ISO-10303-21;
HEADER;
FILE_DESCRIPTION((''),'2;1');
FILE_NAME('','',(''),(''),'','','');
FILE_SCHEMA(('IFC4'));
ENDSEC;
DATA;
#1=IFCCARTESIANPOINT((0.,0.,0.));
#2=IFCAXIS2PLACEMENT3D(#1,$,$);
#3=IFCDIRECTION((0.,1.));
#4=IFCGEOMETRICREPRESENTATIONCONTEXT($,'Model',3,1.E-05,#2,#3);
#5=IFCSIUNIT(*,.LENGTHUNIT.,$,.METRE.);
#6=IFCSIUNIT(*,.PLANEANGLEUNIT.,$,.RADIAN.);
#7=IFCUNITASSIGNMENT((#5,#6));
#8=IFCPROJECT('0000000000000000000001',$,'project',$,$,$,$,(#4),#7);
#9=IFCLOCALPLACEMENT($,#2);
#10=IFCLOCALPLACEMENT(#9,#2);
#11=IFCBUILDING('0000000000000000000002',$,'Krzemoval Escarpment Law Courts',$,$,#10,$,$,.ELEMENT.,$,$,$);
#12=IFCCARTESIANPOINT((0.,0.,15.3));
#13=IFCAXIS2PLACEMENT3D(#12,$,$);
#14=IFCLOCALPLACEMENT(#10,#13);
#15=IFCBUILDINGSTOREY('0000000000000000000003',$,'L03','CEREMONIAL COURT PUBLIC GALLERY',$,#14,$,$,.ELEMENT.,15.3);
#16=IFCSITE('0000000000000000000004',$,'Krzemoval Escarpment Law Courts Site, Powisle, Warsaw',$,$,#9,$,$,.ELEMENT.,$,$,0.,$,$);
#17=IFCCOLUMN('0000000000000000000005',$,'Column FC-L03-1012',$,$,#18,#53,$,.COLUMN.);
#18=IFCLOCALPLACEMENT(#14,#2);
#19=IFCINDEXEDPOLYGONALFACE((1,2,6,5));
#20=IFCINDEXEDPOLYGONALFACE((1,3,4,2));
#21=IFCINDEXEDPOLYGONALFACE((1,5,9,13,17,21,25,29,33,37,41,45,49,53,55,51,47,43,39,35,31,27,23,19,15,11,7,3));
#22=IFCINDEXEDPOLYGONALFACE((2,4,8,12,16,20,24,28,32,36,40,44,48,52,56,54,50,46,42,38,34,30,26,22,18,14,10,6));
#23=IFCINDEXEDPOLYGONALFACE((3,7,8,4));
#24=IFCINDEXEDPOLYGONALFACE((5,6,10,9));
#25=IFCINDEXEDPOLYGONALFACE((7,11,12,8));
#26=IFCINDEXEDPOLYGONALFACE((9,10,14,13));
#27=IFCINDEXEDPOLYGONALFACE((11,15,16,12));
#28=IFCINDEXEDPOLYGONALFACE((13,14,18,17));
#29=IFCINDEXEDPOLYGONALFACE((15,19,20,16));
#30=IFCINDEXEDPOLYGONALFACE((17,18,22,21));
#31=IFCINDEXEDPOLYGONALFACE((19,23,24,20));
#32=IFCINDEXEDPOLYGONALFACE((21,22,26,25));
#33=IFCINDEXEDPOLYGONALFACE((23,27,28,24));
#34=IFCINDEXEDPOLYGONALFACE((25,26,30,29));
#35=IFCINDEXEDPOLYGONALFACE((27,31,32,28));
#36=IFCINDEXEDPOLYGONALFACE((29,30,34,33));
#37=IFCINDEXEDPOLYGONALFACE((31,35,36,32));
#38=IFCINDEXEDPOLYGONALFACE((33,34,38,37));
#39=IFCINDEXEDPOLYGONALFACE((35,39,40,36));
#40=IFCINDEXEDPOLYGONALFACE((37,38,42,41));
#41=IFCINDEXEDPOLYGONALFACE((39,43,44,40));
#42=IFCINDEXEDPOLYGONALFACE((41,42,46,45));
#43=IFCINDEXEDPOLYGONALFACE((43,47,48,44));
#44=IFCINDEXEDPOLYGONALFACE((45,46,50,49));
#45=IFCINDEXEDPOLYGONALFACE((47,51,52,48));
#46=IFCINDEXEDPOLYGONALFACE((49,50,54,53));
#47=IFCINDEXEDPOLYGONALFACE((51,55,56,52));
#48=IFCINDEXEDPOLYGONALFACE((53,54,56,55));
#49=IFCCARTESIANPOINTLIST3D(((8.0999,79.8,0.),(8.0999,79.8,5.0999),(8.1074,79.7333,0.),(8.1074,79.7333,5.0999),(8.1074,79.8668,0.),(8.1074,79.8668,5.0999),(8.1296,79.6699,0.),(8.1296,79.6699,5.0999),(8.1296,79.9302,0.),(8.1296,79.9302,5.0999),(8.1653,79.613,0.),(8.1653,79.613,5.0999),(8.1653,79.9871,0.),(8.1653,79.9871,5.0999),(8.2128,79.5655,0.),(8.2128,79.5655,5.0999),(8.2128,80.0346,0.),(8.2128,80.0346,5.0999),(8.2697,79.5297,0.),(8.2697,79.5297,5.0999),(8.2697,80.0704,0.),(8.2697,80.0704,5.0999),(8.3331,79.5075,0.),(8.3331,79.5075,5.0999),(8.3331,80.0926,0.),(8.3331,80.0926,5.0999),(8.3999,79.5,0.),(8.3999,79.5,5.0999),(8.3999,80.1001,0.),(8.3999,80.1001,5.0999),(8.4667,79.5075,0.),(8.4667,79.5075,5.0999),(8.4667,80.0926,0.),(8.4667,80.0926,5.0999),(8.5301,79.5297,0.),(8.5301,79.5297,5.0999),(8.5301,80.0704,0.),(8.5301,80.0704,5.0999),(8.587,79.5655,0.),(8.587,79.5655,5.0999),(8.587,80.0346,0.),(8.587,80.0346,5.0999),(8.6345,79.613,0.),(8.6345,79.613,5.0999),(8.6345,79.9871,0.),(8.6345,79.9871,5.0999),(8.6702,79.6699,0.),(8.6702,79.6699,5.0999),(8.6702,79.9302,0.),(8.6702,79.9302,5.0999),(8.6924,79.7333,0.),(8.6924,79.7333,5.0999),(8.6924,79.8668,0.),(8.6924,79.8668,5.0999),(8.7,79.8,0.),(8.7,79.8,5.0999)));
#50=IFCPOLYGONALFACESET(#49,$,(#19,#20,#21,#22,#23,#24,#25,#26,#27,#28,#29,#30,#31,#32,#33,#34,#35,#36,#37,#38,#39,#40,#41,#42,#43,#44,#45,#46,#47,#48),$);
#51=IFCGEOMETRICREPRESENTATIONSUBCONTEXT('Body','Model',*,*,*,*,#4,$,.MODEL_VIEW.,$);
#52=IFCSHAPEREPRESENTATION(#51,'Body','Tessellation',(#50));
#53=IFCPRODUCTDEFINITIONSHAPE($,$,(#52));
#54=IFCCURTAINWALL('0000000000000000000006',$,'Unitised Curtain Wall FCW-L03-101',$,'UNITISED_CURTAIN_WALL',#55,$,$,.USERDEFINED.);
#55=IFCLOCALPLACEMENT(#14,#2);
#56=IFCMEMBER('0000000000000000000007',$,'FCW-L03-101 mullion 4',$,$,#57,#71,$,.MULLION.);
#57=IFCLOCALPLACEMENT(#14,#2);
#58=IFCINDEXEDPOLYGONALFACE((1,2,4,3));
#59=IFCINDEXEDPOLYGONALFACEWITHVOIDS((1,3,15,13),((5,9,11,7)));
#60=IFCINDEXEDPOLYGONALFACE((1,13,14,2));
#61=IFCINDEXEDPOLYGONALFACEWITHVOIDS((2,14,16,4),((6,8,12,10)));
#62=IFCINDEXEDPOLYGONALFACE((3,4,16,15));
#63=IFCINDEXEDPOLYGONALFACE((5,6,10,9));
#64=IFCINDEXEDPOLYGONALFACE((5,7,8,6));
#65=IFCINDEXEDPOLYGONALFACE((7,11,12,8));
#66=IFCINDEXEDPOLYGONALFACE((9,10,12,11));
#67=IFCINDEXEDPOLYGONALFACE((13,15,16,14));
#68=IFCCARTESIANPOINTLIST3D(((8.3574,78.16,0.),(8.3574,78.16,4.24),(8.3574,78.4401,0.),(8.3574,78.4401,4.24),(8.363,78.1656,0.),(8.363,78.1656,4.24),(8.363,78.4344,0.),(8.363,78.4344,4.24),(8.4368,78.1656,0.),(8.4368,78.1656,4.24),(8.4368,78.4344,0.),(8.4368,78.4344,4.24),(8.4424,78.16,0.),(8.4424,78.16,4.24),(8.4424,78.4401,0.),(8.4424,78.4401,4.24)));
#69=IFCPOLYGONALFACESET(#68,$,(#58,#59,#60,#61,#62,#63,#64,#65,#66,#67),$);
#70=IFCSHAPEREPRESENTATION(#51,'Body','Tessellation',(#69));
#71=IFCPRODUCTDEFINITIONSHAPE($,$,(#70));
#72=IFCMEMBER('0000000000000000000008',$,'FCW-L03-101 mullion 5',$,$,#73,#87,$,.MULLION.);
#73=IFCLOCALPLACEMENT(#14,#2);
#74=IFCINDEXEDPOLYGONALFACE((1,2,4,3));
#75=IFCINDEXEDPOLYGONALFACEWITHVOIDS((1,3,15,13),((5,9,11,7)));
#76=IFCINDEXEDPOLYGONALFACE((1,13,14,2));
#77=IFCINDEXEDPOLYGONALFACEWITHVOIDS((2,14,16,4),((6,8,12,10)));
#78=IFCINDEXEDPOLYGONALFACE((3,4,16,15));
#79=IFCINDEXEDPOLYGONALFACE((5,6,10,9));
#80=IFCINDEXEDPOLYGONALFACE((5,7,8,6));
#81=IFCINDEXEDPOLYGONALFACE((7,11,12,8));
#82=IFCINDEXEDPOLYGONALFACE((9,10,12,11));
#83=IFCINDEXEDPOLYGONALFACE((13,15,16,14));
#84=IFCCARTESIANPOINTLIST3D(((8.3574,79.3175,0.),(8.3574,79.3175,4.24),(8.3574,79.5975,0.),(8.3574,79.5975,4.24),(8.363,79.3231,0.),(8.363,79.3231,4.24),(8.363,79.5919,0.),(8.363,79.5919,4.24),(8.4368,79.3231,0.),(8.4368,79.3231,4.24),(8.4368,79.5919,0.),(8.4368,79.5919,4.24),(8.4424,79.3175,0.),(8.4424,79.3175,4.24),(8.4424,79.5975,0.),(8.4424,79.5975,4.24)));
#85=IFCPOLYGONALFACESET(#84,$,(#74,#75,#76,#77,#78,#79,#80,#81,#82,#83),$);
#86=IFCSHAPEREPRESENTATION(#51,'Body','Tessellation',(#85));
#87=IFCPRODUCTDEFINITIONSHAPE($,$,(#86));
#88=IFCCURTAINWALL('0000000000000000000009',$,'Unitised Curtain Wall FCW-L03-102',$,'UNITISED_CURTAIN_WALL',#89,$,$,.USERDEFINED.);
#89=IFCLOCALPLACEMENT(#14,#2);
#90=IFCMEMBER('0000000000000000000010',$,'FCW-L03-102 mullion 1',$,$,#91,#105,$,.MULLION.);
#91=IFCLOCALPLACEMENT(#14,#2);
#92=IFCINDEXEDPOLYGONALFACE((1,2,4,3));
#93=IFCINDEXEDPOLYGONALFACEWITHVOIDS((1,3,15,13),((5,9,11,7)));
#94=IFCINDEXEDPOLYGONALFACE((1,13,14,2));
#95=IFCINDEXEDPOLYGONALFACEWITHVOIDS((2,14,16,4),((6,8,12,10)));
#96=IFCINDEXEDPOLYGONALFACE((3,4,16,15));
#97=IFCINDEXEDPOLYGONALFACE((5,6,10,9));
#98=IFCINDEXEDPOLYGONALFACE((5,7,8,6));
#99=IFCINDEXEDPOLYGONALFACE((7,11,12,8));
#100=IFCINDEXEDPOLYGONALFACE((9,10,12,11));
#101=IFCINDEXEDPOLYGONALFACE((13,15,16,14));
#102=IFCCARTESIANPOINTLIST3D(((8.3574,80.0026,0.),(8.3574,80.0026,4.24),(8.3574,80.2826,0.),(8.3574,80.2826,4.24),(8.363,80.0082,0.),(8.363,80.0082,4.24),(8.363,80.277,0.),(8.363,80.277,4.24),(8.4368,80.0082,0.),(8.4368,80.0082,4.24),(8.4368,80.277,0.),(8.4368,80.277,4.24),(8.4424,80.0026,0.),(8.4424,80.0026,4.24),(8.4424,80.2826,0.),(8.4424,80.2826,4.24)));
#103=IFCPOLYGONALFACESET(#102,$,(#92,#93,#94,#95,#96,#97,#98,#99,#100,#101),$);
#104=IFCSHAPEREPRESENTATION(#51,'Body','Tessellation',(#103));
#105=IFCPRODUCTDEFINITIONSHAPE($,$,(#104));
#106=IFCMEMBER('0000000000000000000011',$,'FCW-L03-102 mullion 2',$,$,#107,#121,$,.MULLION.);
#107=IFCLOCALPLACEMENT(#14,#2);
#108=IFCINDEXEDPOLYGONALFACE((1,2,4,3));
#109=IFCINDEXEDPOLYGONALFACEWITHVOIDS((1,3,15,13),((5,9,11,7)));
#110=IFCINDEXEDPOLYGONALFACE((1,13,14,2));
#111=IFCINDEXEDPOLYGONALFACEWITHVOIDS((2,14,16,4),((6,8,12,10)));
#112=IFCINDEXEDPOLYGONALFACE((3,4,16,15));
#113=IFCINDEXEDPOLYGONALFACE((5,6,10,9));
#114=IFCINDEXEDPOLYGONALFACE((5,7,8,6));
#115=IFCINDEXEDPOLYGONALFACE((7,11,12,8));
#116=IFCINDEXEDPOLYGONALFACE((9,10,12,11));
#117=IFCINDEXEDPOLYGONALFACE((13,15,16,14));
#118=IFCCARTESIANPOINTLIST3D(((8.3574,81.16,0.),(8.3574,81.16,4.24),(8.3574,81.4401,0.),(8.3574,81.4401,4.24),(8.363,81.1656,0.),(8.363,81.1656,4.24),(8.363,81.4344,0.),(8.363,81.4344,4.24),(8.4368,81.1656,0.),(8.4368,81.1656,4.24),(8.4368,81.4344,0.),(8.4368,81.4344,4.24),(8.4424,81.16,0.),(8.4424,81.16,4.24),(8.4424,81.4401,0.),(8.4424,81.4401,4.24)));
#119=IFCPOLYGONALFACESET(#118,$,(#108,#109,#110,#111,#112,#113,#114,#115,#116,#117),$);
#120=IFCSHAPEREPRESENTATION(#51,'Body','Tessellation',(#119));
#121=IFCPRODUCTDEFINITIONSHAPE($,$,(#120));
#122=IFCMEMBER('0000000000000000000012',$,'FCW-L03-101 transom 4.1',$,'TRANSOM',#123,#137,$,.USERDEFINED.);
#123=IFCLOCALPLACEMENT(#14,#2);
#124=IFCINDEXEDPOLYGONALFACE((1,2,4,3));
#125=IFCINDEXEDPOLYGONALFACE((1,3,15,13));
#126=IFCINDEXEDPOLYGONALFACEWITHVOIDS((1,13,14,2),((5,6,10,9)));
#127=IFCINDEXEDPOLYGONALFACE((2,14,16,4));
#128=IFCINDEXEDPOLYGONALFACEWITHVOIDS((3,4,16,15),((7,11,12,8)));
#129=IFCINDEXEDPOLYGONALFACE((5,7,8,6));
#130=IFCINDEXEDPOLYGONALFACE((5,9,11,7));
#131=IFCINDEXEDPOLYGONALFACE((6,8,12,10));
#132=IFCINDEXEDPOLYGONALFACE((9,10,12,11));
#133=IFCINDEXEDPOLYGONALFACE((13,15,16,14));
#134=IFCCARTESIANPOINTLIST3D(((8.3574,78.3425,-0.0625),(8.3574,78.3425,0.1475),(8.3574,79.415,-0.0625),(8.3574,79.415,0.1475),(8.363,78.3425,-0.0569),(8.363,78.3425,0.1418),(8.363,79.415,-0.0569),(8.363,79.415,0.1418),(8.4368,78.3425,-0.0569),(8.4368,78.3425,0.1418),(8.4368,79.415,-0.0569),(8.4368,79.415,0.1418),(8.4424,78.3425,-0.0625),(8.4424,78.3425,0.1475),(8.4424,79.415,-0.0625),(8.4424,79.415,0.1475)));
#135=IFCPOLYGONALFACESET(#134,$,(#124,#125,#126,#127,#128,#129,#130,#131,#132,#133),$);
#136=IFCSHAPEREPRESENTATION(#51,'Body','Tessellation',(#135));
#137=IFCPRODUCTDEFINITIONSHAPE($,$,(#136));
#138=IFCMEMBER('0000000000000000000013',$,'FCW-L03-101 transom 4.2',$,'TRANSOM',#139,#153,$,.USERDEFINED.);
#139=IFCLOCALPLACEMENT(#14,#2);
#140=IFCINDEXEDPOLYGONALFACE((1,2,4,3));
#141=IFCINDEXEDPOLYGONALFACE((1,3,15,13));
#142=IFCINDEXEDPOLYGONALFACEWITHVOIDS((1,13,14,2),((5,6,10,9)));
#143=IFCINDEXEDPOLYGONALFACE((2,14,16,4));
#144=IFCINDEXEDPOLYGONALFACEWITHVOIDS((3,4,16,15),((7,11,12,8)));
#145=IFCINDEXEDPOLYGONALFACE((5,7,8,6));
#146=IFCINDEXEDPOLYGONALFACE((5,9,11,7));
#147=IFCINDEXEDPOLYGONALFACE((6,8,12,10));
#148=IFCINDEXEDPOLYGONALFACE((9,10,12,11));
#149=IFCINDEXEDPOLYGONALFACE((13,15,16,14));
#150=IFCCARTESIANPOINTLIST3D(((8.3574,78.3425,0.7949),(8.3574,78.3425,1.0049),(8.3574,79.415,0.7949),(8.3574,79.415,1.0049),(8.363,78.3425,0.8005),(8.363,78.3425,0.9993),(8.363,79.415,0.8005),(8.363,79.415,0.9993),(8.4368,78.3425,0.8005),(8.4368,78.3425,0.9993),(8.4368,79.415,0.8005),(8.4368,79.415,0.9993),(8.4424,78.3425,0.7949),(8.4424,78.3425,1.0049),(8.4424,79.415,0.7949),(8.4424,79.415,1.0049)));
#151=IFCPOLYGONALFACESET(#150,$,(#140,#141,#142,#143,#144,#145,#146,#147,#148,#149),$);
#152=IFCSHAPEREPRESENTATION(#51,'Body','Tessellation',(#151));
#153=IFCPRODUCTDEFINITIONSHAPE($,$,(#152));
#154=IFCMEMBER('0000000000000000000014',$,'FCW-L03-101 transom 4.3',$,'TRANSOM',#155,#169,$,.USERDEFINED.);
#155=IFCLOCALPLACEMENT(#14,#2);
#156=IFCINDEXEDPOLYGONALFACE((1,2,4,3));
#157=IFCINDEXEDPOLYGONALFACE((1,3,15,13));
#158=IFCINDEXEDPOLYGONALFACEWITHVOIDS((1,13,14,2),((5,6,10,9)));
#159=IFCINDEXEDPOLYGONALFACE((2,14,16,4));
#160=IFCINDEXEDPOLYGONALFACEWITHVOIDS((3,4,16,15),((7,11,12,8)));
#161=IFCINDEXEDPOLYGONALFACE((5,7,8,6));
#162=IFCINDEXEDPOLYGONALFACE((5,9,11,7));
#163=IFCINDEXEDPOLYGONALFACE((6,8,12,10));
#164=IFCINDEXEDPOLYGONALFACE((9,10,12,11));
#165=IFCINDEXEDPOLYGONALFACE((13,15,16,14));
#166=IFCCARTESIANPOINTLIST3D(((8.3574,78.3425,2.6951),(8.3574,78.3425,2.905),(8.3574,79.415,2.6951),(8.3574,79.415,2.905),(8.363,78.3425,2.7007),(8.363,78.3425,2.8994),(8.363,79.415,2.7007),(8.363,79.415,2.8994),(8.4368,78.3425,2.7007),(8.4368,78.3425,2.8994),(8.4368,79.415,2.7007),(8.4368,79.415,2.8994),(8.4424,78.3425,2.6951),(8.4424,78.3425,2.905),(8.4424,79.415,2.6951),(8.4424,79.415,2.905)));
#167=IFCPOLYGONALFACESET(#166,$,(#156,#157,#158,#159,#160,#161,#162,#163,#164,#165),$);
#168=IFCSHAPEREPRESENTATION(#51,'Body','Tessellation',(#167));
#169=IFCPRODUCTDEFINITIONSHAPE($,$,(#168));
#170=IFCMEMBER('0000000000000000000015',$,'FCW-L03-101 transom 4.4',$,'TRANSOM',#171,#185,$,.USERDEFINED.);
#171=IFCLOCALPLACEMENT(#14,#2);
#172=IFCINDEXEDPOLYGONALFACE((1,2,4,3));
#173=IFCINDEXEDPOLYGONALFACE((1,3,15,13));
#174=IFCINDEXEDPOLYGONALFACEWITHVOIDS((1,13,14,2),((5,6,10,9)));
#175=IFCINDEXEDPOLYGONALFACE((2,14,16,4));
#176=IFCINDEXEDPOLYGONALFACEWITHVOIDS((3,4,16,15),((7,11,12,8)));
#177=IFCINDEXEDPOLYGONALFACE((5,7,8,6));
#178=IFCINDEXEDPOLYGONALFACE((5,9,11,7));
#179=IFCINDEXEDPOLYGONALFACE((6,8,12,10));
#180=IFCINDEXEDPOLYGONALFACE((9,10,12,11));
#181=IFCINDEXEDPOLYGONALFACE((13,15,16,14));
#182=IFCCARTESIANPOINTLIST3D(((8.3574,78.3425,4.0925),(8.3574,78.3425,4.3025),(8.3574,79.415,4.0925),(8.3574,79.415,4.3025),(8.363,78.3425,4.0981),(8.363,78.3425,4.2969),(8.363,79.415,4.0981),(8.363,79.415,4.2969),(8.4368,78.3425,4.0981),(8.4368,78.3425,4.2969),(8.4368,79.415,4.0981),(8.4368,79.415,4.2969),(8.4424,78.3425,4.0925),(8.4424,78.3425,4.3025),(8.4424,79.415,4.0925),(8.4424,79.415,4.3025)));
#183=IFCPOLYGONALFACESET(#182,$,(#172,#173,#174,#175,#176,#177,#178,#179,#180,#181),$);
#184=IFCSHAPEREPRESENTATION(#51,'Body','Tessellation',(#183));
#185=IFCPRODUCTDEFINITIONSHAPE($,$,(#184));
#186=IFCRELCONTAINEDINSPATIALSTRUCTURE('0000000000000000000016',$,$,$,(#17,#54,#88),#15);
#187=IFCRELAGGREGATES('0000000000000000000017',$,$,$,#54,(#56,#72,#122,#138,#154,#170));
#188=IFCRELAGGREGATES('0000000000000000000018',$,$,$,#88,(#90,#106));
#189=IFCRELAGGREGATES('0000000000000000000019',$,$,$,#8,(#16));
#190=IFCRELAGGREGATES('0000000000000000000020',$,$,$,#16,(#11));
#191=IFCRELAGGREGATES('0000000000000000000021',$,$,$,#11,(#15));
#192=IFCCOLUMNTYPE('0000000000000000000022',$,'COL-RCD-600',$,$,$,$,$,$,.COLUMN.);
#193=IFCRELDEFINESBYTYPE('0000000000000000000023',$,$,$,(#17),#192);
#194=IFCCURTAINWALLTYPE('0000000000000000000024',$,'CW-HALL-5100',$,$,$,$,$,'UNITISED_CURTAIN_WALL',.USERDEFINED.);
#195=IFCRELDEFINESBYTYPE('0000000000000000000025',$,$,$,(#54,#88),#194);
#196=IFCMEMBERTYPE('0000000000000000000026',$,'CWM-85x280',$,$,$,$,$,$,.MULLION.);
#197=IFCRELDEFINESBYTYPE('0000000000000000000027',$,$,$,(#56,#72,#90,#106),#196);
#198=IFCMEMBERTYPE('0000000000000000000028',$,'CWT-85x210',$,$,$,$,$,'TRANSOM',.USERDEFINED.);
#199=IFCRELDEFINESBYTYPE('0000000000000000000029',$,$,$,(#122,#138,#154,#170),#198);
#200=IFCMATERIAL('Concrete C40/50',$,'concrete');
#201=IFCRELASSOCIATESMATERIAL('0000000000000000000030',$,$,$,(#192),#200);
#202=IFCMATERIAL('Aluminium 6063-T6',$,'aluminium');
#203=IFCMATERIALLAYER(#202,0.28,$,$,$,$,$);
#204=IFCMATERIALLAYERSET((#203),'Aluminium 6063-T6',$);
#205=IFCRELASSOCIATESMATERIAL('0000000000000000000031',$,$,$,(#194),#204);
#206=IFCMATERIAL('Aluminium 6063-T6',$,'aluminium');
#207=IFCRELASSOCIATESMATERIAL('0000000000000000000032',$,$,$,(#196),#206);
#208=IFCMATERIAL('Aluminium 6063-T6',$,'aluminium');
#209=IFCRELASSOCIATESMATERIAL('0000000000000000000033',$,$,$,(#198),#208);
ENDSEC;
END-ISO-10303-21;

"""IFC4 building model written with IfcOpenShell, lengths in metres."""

from ifc_helpers import new_model, si_unit, direction, frame, origin, origin_2d, place, context, subcontext, project, spatial, hollow_rectangle, circle, extrude, material, layer, layer_set, material_profile, profile_set, type_object, element, aggregate, save


model = new_model("IFC4")

# Units and contexts
model_context = context("Model", 3, precision=1e-05, world=origin(), true_north=direction((0.0, 1.0)))
body_context = subcontext(model_context, "Body", "Model", "MODEL_VIEW")
ifc_project = project(units=[si_unit("LENGTHUNIT", "METRE"), si_unit("PLANEANGLEUNIT", "RADIAN")], contexts=[model_context])

# Site, building, storey
site_placement = place(None, origin())
site = spatial("IfcSite", under=ifc_project, at=site_placement, Name="Krzemoval Escarpment Law Courts Site, Powisle, Warsaw", CompositionType="ELEMENT", RefElevation=0.0)
building_placement = place(site_placement, origin())
building = spatial("IfcBuilding", under=site, at=building_placement, Name="Krzemoval Escarpment Law Courts", CompositionType="ELEMENT")
storey_placement = place(building_placement, frame((0.0, 0.0, 15.3)))
storey = spatial("IfcBuildingStorey", under=building, at=storey_placement, Name="L03", Description="CEREMONIAL COURT PUBLIC GALLERY", CompositionType="ELEMENT", Elevation=15.3)

# Column
ifc_material_1 = material(Name="Concrete C40/50", Category="concrete")
ifc_material_profile_1 = material_profile(ifc_material_1, circle(Radius=0.3, at=origin_2d()), Name="RC D600")
ifc_profile_set_1 = profile_set([ifc_material_profile_1], Name="Concrete C40/50")
column_type = type_object("IfcColumnType", Name="COL-RCD-600", PredefinedType="COLUMN", material=ifc_profile_set_1)
column_placement = place(storey_placement, frame((8.3999, 79.8, 0.0), z_axis=(0.0, 0.0, 1.0), x_axis=(1.0, 0.0, 0.0)))
element("IfcColumn", 1, at=column_placement, inside=storey, type_object=column_type, Name="Column FC-L03-1012", PredefinedType="COLUMN", context=body_context, shape_type="SweptSolid", body=[
    extrude(circle(Radius=0.3, at=origin_2d()), origin(), (0.0, 0.0, 1.0), 5.0999),
])

# Curtain walls, members
ifc_material_2 = material(Name="Aluminium 6063-T6", Category="aluminium")
ifc_layer_1 = layer(ifc_material_2, 0.28)
ifc_layer_set_1 = layer_set([ifc_layer_1], Name="Aluminium 6063-T6")
curtain_wall_type = type_object("IfcCurtainWallType", Name="CW-HALL-5100", ElementType="UNITISED_CURTAIN_WALL", PredefinedType="USERDEFINED", material=ifc_layer_set_1)
curtain_wall_1_placement = place(storey_placement, origin())
curtain_wall_1 = element("IfcCurtainWall", 2, at=curtain_wall_1_placement, inside=storey, type_object=curtain_wall_type, Name="Unitised Curtain Wall FCW-L03-101", ObjectType="UNITISED_CURTAIN_WALL", PredefinedType="USERDEFINED")
ifc_material_3 = material(Name="Aluminium 6063-T6", Category="aluminium")
ifc_material_profile_2 = material_profile(ifc_material_3, hollow_rectangle(XDim=0.085, YDim=0.28, WallThickness=0.0056, at=origin_2d()), Name="ALU M85x280")
ifc_profile_set_2 = profile_set([ifc_material_profile_2], Name="Aluminium 6063-T6")
member_type_1 = type_object("IfcMemberType", Name="CWM-85x280", PredefinedType="MULLION", material=ifc_profile_set_2)
member_1_placement = place(storey_placement, frame((8.3999, 78.3, 0.0), z_axis=(0.0, 0.0, 1.0), x_axis=(-1.0, 0.0, 0.0)))
member_1 = element("IfcMember", 3, at=member_1_placement, type_object=member_type_1, Name="FCW-L03-101 mullion 4", PredefinedType="MULLION", context=body_context, shape_type="SweptSolid", body=[
    extrude(hollow_rectangle(XDim=0.085, YDim=0.28, WallThickness=0.0056, at=origin_2d()), origin(), (0.0, 0.0, 1.0), 4.24),
])
member_2_placement = place(storey_placement, frame((8.3999, 79.4575, 0.0), z_axis=(0.0, 0.0, 1.0), x_axis=(-1.0, 0.0, 0.0)))
member_2 = element("IfcMember", 4, at=member_2_placement, type_object=member_type_1, Name="FCW-L03-101 mullion 5", PredefinedType="MULLION", context=body_context, shape_type="SweptSolid", body=[
    extrude(hollow_rectangle(XDim=0.085, YDim=0.28, WallThickness=0.0056, at=origin_2d()), origin(), (0.0, 0.0, 1.0), 4.24),
])
curtain_wall_2_placement = place(storey_placement, origin())
curtain_wall_2 = element("IfcCurtainWall", 5, at=curtain_wall_2_placement, inside=storey, type_object=curtain_wall_type, Name="Unitised Curtain Wall FCW-L03-102", ObjectType="UNITISED_CURTAIN_WALL", PredefinedType="USERDEFINED")
member_3_placement = place(storey_placement, frame((8.3999, 80.1426, 0.0), z_axis=(0.0, 0.0, 1.0), x_axis=(-1.0, 0.0, 0.0)))
member_3 = element("IfcMember", 6, at=member_3_placement, type_object=member_type_1, Name="FCW-L03-102 mullion 1", PredefinedType="MULLION", context=body_context, shape_type="SweptSolid", body=[
    extrude(hollow_rectangle(XDim=0.085, YDim=0.28, WallThickness=0.0056, at=origin_2d()), origin(), (0.0, 0.0, 1.0), 4.24),
])
member_4_placement = place(storey_placement, frame((8.3999, 81.3, 0.0), z_axis=(0.0, 0.0, 1.0), x_axis=(-1.0, 0.0, 0.0)))
member_4 = element("IfcMember", 7, at=member_4_placement, type_object=member_type_1, Name="FCW-L03-102 mullion 2", PredefinedType="MULLION", context=body_context, shape_type="SweptSolid", body=[
    extrude(hollow_rectangle(XDim=0.085, YDim=0.28, WallThickness=0.0056, at=origin_2d()), origin(), (0.0, 0.0, 1.0), 4.24),
])

# Members
ifc_material_4 = material(Name="Aluminium 6063-T6", Category="aluminium")
ifc_material_profile_3 = material_profile(ifc_material_4, hollow_rectangle(XDim=0.085, YDim=0.21, WallThickness=0.0056, at=origin_2d()), Name="ALU T85x210")
ifc_profile_set_3 = profile_set([ifc_material_profile_3], Name="Aluminium 6063-T6")
member_type_2 = type_object("IfcMemberType", Name="CWT-85x210", ElementType="TRANSOM", PredefinedType="USERDEFINED", material=ifc_profile_set_3)
member_5_placement = place(storey_placement, frame((8.3999, 78.3425, 0.0425), z_axis=(0.0, 1.0, 0.0), x_axis=(-1.0, 0.0, 0.0)))
member_5 = element("IfcMember", 8, at=member_5_placement, type_object=member_type_2, Name="FCW-L03-101 transom 4.1", ObjectType="TRANSOM", PredefinedType="USERDEFINED", context=body_context, shape_type="SweptSolid", body=[
    extrude(hollow_rectangle(XDim=0.085, YDim=0.21, WallThickness=0.0056, at=origin_2d()), origin(), (0.0, 0.0, 1.0), 1.0725),
])
member_6_placement = place(storey_placement, frame((8.3999, 78.3425, 0.8999), z_axis=(0.0, 1.0, 0.0), x_axis=(-1.0, 0.0, 0.0)))
member_6 = element("IfcMember", 9, at=member_6_placement, type_object=member_type_2, Name="FCW-L03-101 transom 4.2", ObjectType="TRANSOM", PredefinedType="USERDEFINED", context=body_context, shape_type="SweptSolid", body=[
    extrude(hollow_rectangle(XDim=0.085, YDim=0.21, WallThickness=0.0056, at=origin_2d()), origin(), (0.0, 0.0, 1.0), 1.0725),
])
member_7_placement = place(storey_placement, frame((8.3999, 78.3425, 2.8), z_axis=(0.0, 1.0, 0.0), x_axis=(-1.0, 0.0, 0.0)))
member_7 = element("IfcMember", 10, at=member_7_placement, type_object=member_type_2, Name="FCW-L03-101 transom 4.3", ObjectType="TRANSOM", PredefinedType="USERDEFINED", context=body_context, shape_type="SweptSolid", body=[
    extrude(hollow_rectangle(XDim=0.085, YDim=0.21, WallThickness=0.0056, at=origin_2d()), origin(), (0.0, 0.0, 1.0), 1.0725),
])
member_8_placement = place(storey_placement, frame((8.3999, 78.3425, 4.1975), z_axis=(0.0, 1.0, 0.0), x_axis=(-1.0, 0.0, 0.0)))
member_8 = element("IfcMember", 11, at=member_8_placement, type_object=member_type_2, Name="FCW-L03-101 transom 4.4", ObjectType="TRANSOM", PredefinedType="USERDEFINED", context=body_context, shape_type="SweptSolid", body=[
    extrude(hollow_rectangle(XDim=0.085, YDim=0.21, WallThickness=0.0056, at=origin_2d()), origin(), (0.0, 0.0, 1.0), 1.0725),
])

aggregate(curtain_wall_1, [member_1, member_2, member_5, member_6, member_7, member_8])
aggregate(curtain_wall_2, [member_3, member_4])

save(model, "model.ifc")
